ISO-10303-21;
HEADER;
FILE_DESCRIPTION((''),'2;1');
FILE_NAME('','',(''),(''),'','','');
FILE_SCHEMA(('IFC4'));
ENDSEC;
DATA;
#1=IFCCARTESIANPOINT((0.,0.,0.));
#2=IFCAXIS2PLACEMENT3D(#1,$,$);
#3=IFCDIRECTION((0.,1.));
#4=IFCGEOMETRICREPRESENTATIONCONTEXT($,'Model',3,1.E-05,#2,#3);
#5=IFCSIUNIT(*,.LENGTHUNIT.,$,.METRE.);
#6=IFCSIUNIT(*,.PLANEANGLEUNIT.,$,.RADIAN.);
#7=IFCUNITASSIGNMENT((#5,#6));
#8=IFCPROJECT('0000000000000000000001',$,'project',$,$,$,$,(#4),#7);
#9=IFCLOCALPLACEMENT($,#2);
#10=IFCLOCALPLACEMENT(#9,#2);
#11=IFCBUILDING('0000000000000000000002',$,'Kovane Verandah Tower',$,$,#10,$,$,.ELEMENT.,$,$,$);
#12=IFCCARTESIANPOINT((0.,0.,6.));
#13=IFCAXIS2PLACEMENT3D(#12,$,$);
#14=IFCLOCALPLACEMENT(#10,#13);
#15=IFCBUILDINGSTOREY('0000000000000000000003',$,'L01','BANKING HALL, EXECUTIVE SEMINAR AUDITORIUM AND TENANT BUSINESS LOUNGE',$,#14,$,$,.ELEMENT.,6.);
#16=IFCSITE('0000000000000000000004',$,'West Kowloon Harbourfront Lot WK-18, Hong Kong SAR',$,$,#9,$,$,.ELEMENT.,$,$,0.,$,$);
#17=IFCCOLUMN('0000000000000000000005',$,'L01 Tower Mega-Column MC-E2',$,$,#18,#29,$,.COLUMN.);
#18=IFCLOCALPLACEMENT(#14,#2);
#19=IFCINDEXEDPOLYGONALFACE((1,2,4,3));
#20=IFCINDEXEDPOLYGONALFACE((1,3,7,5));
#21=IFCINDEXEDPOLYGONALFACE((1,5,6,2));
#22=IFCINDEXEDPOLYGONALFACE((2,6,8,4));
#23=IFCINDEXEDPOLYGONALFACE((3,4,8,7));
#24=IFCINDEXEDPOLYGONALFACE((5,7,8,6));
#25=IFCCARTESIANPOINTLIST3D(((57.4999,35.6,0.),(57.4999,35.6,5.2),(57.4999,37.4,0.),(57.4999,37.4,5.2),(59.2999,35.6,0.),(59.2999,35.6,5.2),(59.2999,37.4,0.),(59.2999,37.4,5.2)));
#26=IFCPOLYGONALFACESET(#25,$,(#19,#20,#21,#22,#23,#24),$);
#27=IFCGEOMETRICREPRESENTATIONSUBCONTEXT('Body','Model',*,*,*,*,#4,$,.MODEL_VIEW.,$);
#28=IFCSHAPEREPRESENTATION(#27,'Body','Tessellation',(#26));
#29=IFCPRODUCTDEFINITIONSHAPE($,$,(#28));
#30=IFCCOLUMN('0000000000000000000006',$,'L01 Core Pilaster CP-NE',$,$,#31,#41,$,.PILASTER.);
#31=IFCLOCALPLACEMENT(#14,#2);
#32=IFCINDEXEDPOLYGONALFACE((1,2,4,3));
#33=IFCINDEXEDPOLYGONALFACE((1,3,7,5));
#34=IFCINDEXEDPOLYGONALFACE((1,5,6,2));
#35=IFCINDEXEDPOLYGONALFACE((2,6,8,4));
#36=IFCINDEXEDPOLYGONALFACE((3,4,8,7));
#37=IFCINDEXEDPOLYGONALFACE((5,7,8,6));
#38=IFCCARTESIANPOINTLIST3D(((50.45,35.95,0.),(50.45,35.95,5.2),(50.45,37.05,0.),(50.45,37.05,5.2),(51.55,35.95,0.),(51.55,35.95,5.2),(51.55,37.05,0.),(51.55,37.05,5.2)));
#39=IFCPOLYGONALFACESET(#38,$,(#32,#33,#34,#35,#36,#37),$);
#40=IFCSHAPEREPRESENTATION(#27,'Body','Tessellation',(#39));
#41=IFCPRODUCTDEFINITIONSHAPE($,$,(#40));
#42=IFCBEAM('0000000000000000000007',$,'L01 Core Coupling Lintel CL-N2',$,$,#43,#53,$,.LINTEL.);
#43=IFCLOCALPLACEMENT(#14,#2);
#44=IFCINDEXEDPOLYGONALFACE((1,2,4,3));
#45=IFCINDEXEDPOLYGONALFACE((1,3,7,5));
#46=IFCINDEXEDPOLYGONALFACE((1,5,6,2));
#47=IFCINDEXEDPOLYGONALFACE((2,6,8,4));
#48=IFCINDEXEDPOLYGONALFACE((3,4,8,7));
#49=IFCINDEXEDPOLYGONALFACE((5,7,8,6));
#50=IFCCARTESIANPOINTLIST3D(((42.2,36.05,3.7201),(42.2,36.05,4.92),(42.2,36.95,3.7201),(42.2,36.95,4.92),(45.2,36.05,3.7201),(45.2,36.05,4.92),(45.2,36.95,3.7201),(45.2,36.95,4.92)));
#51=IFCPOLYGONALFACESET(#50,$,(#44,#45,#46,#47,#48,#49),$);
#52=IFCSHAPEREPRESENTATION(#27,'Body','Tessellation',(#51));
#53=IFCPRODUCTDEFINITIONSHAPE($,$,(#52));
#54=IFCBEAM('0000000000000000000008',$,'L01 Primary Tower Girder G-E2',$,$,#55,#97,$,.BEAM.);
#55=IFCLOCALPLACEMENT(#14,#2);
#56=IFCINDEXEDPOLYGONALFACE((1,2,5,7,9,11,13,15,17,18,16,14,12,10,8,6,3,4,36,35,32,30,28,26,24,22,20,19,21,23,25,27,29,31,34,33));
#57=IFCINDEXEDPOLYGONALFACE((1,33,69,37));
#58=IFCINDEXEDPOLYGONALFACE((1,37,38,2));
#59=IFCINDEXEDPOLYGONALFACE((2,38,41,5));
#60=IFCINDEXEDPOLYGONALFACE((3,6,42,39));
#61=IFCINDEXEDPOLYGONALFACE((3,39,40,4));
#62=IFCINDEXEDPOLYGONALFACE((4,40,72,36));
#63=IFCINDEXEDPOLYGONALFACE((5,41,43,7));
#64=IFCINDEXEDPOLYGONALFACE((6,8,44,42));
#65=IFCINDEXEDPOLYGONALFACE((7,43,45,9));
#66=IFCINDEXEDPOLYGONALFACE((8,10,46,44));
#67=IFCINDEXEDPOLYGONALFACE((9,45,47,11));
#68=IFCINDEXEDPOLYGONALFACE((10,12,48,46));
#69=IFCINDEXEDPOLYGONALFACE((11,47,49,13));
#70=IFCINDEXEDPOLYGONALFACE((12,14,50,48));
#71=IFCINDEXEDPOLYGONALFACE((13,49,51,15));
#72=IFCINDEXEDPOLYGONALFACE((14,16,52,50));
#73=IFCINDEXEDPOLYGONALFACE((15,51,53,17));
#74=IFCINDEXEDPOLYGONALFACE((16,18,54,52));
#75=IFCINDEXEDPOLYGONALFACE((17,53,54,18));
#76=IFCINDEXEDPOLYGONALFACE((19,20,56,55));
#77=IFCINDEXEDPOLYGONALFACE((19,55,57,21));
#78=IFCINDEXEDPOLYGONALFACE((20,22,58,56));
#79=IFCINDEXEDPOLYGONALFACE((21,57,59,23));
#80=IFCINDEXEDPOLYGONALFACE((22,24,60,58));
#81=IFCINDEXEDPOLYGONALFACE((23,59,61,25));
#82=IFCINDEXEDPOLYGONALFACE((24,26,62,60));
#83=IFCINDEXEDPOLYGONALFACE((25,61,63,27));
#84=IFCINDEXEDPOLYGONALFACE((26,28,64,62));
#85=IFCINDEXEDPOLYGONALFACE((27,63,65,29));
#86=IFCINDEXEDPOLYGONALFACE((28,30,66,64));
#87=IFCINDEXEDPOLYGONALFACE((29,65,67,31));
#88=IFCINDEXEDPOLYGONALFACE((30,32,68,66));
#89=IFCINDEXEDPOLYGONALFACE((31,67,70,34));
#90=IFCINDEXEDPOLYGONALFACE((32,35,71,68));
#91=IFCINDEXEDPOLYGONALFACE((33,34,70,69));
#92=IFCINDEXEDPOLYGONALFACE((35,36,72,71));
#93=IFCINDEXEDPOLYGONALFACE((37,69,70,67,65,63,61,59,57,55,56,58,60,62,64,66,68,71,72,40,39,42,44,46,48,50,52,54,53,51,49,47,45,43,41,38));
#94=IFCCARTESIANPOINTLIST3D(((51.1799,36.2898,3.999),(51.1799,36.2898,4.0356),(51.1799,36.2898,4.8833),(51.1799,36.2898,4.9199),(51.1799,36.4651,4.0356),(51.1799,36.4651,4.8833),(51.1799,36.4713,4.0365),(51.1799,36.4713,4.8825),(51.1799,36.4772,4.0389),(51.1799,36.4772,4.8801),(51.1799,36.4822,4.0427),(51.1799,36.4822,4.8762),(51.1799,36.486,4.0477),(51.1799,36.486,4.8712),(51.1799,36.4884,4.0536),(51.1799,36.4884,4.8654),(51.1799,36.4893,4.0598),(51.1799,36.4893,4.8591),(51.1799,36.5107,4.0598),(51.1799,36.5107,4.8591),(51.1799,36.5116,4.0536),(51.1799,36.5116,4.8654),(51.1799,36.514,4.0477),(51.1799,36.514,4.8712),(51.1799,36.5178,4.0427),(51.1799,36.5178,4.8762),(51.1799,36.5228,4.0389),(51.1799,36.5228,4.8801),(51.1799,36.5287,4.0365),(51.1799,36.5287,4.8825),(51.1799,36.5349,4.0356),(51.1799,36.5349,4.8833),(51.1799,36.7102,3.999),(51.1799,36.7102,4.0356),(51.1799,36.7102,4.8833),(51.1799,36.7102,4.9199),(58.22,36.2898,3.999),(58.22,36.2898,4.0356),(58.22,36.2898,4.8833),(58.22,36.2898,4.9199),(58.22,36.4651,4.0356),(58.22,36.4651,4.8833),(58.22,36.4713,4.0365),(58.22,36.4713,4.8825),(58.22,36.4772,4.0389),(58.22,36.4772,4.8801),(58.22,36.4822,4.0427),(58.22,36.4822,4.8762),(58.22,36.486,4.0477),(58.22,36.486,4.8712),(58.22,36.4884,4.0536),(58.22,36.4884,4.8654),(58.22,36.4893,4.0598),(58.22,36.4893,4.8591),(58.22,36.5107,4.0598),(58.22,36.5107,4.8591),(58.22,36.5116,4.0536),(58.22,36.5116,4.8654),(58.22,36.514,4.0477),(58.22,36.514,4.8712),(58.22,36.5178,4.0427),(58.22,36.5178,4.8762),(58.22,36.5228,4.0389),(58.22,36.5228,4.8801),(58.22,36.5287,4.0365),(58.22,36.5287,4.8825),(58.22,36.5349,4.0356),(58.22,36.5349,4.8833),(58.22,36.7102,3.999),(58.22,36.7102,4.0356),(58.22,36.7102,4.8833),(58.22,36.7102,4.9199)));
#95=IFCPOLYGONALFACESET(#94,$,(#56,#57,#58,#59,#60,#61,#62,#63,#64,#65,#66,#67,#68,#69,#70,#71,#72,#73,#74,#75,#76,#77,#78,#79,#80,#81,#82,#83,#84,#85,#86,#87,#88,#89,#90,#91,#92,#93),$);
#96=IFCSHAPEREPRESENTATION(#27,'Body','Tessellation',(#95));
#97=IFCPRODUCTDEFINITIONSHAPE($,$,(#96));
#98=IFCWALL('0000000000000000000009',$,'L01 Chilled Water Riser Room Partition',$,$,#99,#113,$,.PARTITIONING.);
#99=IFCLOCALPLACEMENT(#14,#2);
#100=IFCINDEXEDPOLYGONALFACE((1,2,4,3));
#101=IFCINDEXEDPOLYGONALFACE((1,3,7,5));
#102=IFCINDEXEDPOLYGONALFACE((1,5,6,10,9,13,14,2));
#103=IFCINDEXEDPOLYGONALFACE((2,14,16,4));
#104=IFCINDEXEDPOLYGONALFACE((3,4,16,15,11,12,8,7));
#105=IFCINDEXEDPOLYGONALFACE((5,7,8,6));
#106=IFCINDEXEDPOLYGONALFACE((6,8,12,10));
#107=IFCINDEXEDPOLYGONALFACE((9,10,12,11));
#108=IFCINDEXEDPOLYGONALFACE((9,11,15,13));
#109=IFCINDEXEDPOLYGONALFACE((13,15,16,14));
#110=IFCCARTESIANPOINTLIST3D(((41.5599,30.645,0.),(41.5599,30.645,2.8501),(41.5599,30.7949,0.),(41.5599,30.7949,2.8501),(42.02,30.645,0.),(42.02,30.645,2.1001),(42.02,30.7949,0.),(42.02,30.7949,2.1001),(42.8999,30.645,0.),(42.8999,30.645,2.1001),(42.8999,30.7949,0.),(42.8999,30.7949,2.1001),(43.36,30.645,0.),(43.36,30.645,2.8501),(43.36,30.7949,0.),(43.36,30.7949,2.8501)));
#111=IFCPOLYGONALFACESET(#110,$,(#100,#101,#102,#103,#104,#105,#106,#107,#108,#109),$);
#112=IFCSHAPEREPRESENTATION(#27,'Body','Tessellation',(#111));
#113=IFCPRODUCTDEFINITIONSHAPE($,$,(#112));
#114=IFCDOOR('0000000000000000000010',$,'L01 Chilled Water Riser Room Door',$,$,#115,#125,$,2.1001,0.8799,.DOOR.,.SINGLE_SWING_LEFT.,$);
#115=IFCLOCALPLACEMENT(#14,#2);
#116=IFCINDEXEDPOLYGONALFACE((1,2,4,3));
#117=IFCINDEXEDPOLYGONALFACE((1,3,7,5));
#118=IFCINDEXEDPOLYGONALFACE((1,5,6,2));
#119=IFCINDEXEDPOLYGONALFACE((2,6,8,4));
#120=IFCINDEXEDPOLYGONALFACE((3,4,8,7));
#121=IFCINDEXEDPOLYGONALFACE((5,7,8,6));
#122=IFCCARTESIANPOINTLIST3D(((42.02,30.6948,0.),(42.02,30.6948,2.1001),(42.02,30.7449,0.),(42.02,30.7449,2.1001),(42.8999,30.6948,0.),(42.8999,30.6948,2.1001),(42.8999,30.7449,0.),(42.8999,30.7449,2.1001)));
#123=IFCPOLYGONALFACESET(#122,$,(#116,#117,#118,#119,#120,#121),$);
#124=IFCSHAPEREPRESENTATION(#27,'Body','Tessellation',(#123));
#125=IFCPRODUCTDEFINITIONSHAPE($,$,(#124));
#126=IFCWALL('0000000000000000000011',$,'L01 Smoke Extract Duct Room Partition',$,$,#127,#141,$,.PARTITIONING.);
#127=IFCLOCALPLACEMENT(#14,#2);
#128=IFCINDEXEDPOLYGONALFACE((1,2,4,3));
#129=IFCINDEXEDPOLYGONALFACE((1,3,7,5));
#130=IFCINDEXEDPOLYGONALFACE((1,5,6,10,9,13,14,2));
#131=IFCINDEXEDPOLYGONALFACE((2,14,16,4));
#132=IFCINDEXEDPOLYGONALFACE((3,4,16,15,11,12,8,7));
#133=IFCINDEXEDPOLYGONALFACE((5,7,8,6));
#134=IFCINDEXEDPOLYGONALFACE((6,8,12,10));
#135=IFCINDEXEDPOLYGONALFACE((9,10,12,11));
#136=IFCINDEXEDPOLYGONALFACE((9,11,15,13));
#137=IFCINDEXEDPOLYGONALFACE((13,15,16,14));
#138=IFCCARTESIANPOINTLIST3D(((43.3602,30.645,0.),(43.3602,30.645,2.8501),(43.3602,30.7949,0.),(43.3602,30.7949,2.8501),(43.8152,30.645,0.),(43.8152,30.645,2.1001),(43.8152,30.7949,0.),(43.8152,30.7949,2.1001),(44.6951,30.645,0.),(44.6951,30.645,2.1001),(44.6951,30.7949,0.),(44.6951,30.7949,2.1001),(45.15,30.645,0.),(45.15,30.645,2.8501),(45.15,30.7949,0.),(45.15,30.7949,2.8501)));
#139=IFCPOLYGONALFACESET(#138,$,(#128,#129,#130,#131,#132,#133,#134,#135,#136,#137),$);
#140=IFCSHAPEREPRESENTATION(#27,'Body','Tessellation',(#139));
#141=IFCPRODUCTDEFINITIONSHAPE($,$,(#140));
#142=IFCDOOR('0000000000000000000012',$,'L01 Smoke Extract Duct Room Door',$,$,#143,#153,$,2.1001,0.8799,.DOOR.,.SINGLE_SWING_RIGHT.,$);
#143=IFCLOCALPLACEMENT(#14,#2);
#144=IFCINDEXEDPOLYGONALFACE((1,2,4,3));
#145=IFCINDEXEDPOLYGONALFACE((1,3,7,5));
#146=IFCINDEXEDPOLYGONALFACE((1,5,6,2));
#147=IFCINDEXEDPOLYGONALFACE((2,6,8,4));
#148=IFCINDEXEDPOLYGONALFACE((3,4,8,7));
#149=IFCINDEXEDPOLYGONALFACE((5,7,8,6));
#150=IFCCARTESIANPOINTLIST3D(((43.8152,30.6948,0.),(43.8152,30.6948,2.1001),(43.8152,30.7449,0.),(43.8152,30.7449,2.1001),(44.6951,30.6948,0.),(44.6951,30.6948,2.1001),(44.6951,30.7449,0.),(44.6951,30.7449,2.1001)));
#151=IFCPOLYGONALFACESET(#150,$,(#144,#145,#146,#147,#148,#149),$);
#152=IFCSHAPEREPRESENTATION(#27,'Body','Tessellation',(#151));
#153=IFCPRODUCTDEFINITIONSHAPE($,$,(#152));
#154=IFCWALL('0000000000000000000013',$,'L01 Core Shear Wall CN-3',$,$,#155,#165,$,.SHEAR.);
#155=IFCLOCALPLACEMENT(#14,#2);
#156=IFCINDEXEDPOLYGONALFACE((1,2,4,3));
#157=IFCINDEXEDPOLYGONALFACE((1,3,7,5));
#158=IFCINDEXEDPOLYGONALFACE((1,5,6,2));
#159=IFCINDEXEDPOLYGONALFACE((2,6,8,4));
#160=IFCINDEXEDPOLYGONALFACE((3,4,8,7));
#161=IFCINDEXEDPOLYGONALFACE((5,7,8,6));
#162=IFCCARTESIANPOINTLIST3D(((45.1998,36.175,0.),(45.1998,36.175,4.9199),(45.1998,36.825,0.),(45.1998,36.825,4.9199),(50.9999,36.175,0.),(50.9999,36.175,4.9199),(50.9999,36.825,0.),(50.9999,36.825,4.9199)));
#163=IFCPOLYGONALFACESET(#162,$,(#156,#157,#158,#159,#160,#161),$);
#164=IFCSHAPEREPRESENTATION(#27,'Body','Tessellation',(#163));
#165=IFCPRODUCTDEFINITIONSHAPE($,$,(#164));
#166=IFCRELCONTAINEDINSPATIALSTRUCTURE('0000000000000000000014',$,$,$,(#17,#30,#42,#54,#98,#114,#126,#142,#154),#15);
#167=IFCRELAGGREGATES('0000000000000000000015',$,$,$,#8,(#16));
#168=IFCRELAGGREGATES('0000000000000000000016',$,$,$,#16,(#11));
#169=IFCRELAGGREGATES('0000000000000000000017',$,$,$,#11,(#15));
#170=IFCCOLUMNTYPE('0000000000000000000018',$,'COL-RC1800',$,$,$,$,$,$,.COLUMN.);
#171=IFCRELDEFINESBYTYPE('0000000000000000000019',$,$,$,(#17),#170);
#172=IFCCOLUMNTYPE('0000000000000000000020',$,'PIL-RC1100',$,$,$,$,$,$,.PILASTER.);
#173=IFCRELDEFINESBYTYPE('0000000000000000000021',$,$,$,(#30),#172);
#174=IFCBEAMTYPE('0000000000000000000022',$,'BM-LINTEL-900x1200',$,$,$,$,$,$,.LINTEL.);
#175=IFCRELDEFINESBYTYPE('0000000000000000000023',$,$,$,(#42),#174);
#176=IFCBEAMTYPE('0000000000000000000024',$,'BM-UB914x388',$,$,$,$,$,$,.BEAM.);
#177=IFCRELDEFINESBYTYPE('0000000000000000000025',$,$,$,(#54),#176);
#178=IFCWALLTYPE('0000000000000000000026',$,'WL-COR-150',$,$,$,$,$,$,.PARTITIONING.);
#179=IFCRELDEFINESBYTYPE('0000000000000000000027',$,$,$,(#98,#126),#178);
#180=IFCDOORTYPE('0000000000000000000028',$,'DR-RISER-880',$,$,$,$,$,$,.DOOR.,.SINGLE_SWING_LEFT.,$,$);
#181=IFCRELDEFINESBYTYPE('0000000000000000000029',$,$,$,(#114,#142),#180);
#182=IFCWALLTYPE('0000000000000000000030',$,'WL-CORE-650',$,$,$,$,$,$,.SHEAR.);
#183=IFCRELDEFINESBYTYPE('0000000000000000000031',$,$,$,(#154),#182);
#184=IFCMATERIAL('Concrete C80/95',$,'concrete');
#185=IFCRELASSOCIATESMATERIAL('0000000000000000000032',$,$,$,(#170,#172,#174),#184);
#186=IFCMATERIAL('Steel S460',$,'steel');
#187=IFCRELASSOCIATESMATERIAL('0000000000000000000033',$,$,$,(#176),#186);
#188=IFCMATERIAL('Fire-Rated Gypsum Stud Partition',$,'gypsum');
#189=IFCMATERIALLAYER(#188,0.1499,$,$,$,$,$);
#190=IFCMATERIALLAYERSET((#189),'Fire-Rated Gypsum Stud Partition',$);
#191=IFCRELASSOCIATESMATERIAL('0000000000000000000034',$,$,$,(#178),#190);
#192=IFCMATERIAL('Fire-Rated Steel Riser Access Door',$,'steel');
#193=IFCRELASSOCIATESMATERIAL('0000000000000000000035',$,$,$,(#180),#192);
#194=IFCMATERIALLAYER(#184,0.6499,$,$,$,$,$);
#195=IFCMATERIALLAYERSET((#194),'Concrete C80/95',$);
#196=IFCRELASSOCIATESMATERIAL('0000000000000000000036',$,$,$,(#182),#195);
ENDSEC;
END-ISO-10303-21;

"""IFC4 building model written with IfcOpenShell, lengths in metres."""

from ifc_helpers import new_model, si_unit, direction, frame, frame_2d, origin, origin_2d, place, context, subcontext, project, spatial, rectangle, i_section, extrude, material, layer, layer_set, material_profile, profile_set, type_object, element, fill, save


model = new_model("IFC4")

# Units and contexts
model_context = context("Model", 3, precision=1e-05, world=origin(), true_north=direction((0.0, 1.0)))
body_context = subcontext(model_context, "Body", "Model", "MODEL_VIEW")
ifc_project = project(units=[si_unit("LENGTHUNIT", "METRE"), si_unit("PLANEANGLEUNIT", "RADIAN")], contexts=[model_context])

# Site, building, storey
site_placement = place(None, origin())
site = spatial("IfcSite", under=ifc_project, at=site_placement, Name="West Kowloon Harbourfront Lot WK-18, Hong Kong SAR", CompositionType="ELEMENT", RefElevation=0.0)
building_placement = place(site_placement, origin())
building = spatial("IfcBuilding", under=site, at=building_placement, Name="Kovane Verandah Tower", CompositionType="ELEMENT")
storey_placement = place(building_placement, frame((0.0, 0.0, 6.0)))
storey = spatial("IfcBuildingStorey", under=building, at=storey_placement, Name="L01", Description="BANKING HALL, EXECUTIVE SEMINAR AUDITORIUM AND TENANT BUSINESS LOUNGE", CompositionType="ELEMENT", Elevation=6.0)

# Columns
ifc_material_1 = material(Name="Concrete C80/95", Category="concrete")
ifc_material_profile_1 = material_profile(ifc_material_1, rectangle(XDim=1.8, YDim=1.8, at=origin_2d()), Name="RC1800x1800")
ifc_profile_set_1 = profile_set([ifc_material_profile_1], Name="Concrete C80/95")
column_type_1 = type_object("IfcColumnType", Name="COL-RC1800", PredefinedType="COLUMN", material=ifc_profile_set_1)
column_1_placement = place(storey_placement, frame((58.3999, 36.5, 0.0), z_axis=(0.0, 0.0, 1.0), x_axis=(1.0, 0.0, 0.0)))
element("IfcColumn", 1, at=column_1_placement, inside=storey, type_object=column_type_1, Name="L01 Tower Mega-Column MC-E2", PredefinedType="COLUMN", context=body_context, shape_type="SweptSolid", body=[
    extrude(rectangle(XDim=1.8, YDim=1.8, at=origin_2d()), origin(), (0.0, 0.0, 1.0), 5.2),
])
ifc_material_profile_2 = material_profile(ifc_material_1, rectangle(XDim=1.1001, YDim=1.1001, at=origin_2d()), Name="RC1100x1100")
ifc_profile_set_2 = profile_set([ifc_material_profile_2], Name="Concrete C80/95")
column_type_2 = type_object("IfcColumnType", Name="PIL-RC1100", PredefinedType="PILASTER", material=ifc_profile_set_2)
column_2_placement = place(storey_placement, frame((51.0, 36.5, 0.0), z_axis=(0.0, 0.0, 1.0), x_axis=(1.0, 0.0, 0.0)))
element("IfcColumn", 2, at=column_2_placement, inside=storey, type_object=column_type_2, Name="L01 Core Pilaster CP-NE", PredefinedType="PILASTER", context=body_context, shape_type="SweptSolid", body=[
    extrude(rectangle(XDim=1.1001, YDim=1.1001, at=origin_2d()), origin(), (0.0, 0.0, 1.0), 5.2),
])

# Beams
ifc_material_profile_3 = material_profile(ifc_material_1, rectangle(XDim=0.8999, YDim=1.2, at=origin_2d()), Name="RCB900x1200")
ifc_profile_set_3 = profile_set([ifc_material_profile_3], Name="Concrete C80/95")
beam_type_1 = type_object("IfcBeamType", Name="BM-LINTEL-900x1200", PredefinedType="LINTEL", material=ifc_profile_set_3)
beam_1_placement = place(storey_placement, frame((42.2, 36.5, 4.3201), z_axis=(1.0, 0.0, 0.0), x_axis=(0.0, 1.0, 0.0)))
element("IfcBeam", 3, at=beam_1_placement, inside=storey, type_object=beam_type_1, Name="L01 Core Coupling Lintel CL-N2", PredefinedType="LINTEL", context=body_context, shape_type="SweptSolid", body=[
    extrude(rectangle(XDim=0.8999, YDim=1.2, at=origin_2d()), origin(), (0.0, 0.0, 1.0), 3.0),
])
ifc_material_2 = material(Name="Steel S460", Category="steel")
ifc_material_profile_4 = material_profile(ifc_material_2, i_section(OverallWidth=0.4204, OverallDepth=0.9209, WebThickness=0.0215, FlangeThickness=0.0366, FilletRadius=0.0242, at=origin_2d()), Name="UB914x419x388")
ifc_profile_set_4 = profile_set([ifc_material_profile_4], Name="Steel S460")
beam_type_2 = type_object("IfcBeamType", Name="BM-UB914x388", PredefinedType="BEAM", material=ifc_profile_set_4)
beam_2_placement = place(storey_placement, frame((51.1799, 36.5, 4.4595), z_axis=(1.0, 0.0, 0.0), x_axis=(0.0, 1.0, 0.0)))
element("IfcBeam", 4, at=beam_2_placement, inside=storey, type_object=beam_type_2, Name="L01 Primary Tower Girder G-E2", PredefinedType="BEAM", context=body_context, shape_type="SweptSolid", body=[
    extrude(i_section(OverallWidth=0.4204, OverallDepth=0.9209, WebThickness=0.0215, FlangeThickness=0.0366, FilletRadius=0.0242, at=origin_2d()), origin(), (0.0, 0.0, 1.0), 7.04),
])

# Walls, openings, doors
ifc_material_3 = material(Name="Fire-Rated Gypsum Stud Partition", Category="gypsum")
ifc_layer_1 = layer(ifc_material_3, 0.1499)
ifc_layer_set_1 = layer_set([ifc_layer_1], Name="Fire-Rated Gypsum Stud Partition")
wall_type_1 = type_object("IfcWallType", Name="WL-COR-150", PredefinedType="PARTITIONING", material=ifc_layer_set_1)
wall_1_placement = place(storey_placement, frame((41.5601, 30.72, 0.0), z_axis=(0.0, 0.0, 1.0), x_axis=(1.0, 0.0, 0.0)))
wall_1 = element("IfcWall", 5, at=wall_1_placement, inside=storey, type_object=wall_type_1, Name="L01 Chilled Water Riser Room Partition", PredefinedType="PARTITIONING", context=body_context, shape_type="SweptSolid", body=[
    extrude(rectangle(XDim=1.8, YDim=0.1499, at=frame_2d((0.8999, 0.0))), origin(), (0.0, 0.0, 1.0), 2.8501),
])
opening_1_placement = place(wall_1_placement, frame((0.46, 0.0, 0.0)))
opening_1 = element("IfcOpeningElement", 6, at=opening_1_placement, cuts=wall_1, PredefinedType="OPENING", context=body_context, shape_type="SweptSolid", body=[
    extrude(rectangle(XDim=0.8799, YDim=2.1001, at=frame_2d((0.4399, 1.05))), frame((0.0, 0.075, 0.0), z_axis=(0.0, -1.0, 0.0), x_axis=(1.0, 0.0, 0.0)), (0.0, 0.0, 1.0), 0.1499),
])
ifc_material_4 = material(Name="Fire-Rated Steel Riser Access Door", Category="steel")
door_type_1 = type_object("IfcDoorType", Name="DR-RISER-880", OperationType="SINGLE_SWING_LEFT", PredefinedType="DOOR", material=ifc_material_4)
door_1_placement = place(opening_1_placement, origin())
door_1 = element("IfcDoor", 7, at=door_1_placement, inside=storey, type_object=door_type_1, Name="L01 Chilled Water Riser Room Door", OperationType="SINGLE_SWING_LEFT", OverallHeight=2.1001, OverallWidth=0.8799, PredefinedType="DOOR", context=body_context, shape_type="SweptSolid", body=[
    extrude(rectangle(XDim=0.8799, YDim=2.1001, at=frame_2d((0.4399, 1.05))), frame((0.0, 0.0249, 0.0), z_axis=(0.0, -1.0, 0.0), x_axis=(1.0, 0.0, 0.0)), (0.0, 0.0, 1.0), 0.05),
])
fill(opening_1, door_1)
wall_2_placement = place(storey_placement, frame((43.3601, 30.72, 0.0), z_axis=(0.0, 0.0, 1.0), x_axis=(1.0, 0.0, 0.0)))
wall_2 = element("IfcWall", 8, at=wall_2_placement, inside=storey, type_object=wall_type_1, Name="L01 Smoke Extract Duct Room Partition", PredefinedType="PARTITIONING", context=body_context, shape_type="SweptSolid", body=[
    extrude(rectangle(XDim=1.7898, YDim=0.1499, at=frame_2d((0.895, 0.0))), origin(), (0.0, 0.0, 1.0), 2.8501),
])
opening_2_placement = place(wall_2_placement, frame((0.4551, 0.0, 0.0)))
opening_2 = element("IfcOpeningElement", 9, at=opening_2_placement, cuts=wall_2, PredefinedType="OPENING", context=body_context, shape_type="SweptSolid", body=[
    extrude(rectangle(XDim=0.8799, YDim=2.1001, at=frame_2d((0.4399, 1.05))), frame((0.0, 0.075, 0.0), z_axis=(0.0, -1.0, 0.0), x_axis=(1.0, 0.0, 0.0)), (0.0, 0.0, 1.0), 0.1499),
])
door_2_placement = place(opening_2_placement, origin())
door_2 = element("IfcDoor", 10, at=door_2_placement, inside=storey, type_object=door_type_1, Name="L01 Smoke Extract Duct Room Door", OperationType="SINGLE_SWING_RIGHT", OverallHeight=2.1001, OverallWidth=0.8799, PredefinedType="DOOR", context=body_context, shape_type="SweptSolid", body=[
    extrude(rectangle(XDim=0.8799, YDim=2.1001, at=frame_2d((0.4399, 1.05))), frame((0.0, 0.0249, 0.0), z_axis=(0.0, -1.0, 0.0), x_axis=(1.0, 0.0, 0.0)), (0.0, 0.0, 1.0), 0.05),
])
fill(opening_2, door_2)
ifc_layer_2 = layer(ifc_material_1, 0.6499)
ifc_layer_set_2 = layer_set([ifc_layer_2], Name="Concrete C80/95")
wall_type_2 = type_object("IfcWallType", Name="WL-CORE-650", PredefinedType="SHEAR", material=ifc_layer_set_2)

# Wall
wall_3_placement = place(storey_placement, frame((45.2, 36.5, 0.0), z_axis=(0.0, 0.0, 1.0), x_axis=(1.0, 0.0, 0.0)))
element("IfcWall", 11, at=wall_3_placement, inside=storey, type_object=wall_type_2, Name="L01 Core Shear Wall CN-3", PredefinedType="SHEAR", context=body_context, shape_type="SweptSolid", body=[
    extrude(rectangle(XDim=5.8, YDim=0.6499, at=frame_2d((2.8999, 0.0))), origin(), (0.0, 0.0, 1.0), 4.9199),
])

save(model, "model.ifc")
